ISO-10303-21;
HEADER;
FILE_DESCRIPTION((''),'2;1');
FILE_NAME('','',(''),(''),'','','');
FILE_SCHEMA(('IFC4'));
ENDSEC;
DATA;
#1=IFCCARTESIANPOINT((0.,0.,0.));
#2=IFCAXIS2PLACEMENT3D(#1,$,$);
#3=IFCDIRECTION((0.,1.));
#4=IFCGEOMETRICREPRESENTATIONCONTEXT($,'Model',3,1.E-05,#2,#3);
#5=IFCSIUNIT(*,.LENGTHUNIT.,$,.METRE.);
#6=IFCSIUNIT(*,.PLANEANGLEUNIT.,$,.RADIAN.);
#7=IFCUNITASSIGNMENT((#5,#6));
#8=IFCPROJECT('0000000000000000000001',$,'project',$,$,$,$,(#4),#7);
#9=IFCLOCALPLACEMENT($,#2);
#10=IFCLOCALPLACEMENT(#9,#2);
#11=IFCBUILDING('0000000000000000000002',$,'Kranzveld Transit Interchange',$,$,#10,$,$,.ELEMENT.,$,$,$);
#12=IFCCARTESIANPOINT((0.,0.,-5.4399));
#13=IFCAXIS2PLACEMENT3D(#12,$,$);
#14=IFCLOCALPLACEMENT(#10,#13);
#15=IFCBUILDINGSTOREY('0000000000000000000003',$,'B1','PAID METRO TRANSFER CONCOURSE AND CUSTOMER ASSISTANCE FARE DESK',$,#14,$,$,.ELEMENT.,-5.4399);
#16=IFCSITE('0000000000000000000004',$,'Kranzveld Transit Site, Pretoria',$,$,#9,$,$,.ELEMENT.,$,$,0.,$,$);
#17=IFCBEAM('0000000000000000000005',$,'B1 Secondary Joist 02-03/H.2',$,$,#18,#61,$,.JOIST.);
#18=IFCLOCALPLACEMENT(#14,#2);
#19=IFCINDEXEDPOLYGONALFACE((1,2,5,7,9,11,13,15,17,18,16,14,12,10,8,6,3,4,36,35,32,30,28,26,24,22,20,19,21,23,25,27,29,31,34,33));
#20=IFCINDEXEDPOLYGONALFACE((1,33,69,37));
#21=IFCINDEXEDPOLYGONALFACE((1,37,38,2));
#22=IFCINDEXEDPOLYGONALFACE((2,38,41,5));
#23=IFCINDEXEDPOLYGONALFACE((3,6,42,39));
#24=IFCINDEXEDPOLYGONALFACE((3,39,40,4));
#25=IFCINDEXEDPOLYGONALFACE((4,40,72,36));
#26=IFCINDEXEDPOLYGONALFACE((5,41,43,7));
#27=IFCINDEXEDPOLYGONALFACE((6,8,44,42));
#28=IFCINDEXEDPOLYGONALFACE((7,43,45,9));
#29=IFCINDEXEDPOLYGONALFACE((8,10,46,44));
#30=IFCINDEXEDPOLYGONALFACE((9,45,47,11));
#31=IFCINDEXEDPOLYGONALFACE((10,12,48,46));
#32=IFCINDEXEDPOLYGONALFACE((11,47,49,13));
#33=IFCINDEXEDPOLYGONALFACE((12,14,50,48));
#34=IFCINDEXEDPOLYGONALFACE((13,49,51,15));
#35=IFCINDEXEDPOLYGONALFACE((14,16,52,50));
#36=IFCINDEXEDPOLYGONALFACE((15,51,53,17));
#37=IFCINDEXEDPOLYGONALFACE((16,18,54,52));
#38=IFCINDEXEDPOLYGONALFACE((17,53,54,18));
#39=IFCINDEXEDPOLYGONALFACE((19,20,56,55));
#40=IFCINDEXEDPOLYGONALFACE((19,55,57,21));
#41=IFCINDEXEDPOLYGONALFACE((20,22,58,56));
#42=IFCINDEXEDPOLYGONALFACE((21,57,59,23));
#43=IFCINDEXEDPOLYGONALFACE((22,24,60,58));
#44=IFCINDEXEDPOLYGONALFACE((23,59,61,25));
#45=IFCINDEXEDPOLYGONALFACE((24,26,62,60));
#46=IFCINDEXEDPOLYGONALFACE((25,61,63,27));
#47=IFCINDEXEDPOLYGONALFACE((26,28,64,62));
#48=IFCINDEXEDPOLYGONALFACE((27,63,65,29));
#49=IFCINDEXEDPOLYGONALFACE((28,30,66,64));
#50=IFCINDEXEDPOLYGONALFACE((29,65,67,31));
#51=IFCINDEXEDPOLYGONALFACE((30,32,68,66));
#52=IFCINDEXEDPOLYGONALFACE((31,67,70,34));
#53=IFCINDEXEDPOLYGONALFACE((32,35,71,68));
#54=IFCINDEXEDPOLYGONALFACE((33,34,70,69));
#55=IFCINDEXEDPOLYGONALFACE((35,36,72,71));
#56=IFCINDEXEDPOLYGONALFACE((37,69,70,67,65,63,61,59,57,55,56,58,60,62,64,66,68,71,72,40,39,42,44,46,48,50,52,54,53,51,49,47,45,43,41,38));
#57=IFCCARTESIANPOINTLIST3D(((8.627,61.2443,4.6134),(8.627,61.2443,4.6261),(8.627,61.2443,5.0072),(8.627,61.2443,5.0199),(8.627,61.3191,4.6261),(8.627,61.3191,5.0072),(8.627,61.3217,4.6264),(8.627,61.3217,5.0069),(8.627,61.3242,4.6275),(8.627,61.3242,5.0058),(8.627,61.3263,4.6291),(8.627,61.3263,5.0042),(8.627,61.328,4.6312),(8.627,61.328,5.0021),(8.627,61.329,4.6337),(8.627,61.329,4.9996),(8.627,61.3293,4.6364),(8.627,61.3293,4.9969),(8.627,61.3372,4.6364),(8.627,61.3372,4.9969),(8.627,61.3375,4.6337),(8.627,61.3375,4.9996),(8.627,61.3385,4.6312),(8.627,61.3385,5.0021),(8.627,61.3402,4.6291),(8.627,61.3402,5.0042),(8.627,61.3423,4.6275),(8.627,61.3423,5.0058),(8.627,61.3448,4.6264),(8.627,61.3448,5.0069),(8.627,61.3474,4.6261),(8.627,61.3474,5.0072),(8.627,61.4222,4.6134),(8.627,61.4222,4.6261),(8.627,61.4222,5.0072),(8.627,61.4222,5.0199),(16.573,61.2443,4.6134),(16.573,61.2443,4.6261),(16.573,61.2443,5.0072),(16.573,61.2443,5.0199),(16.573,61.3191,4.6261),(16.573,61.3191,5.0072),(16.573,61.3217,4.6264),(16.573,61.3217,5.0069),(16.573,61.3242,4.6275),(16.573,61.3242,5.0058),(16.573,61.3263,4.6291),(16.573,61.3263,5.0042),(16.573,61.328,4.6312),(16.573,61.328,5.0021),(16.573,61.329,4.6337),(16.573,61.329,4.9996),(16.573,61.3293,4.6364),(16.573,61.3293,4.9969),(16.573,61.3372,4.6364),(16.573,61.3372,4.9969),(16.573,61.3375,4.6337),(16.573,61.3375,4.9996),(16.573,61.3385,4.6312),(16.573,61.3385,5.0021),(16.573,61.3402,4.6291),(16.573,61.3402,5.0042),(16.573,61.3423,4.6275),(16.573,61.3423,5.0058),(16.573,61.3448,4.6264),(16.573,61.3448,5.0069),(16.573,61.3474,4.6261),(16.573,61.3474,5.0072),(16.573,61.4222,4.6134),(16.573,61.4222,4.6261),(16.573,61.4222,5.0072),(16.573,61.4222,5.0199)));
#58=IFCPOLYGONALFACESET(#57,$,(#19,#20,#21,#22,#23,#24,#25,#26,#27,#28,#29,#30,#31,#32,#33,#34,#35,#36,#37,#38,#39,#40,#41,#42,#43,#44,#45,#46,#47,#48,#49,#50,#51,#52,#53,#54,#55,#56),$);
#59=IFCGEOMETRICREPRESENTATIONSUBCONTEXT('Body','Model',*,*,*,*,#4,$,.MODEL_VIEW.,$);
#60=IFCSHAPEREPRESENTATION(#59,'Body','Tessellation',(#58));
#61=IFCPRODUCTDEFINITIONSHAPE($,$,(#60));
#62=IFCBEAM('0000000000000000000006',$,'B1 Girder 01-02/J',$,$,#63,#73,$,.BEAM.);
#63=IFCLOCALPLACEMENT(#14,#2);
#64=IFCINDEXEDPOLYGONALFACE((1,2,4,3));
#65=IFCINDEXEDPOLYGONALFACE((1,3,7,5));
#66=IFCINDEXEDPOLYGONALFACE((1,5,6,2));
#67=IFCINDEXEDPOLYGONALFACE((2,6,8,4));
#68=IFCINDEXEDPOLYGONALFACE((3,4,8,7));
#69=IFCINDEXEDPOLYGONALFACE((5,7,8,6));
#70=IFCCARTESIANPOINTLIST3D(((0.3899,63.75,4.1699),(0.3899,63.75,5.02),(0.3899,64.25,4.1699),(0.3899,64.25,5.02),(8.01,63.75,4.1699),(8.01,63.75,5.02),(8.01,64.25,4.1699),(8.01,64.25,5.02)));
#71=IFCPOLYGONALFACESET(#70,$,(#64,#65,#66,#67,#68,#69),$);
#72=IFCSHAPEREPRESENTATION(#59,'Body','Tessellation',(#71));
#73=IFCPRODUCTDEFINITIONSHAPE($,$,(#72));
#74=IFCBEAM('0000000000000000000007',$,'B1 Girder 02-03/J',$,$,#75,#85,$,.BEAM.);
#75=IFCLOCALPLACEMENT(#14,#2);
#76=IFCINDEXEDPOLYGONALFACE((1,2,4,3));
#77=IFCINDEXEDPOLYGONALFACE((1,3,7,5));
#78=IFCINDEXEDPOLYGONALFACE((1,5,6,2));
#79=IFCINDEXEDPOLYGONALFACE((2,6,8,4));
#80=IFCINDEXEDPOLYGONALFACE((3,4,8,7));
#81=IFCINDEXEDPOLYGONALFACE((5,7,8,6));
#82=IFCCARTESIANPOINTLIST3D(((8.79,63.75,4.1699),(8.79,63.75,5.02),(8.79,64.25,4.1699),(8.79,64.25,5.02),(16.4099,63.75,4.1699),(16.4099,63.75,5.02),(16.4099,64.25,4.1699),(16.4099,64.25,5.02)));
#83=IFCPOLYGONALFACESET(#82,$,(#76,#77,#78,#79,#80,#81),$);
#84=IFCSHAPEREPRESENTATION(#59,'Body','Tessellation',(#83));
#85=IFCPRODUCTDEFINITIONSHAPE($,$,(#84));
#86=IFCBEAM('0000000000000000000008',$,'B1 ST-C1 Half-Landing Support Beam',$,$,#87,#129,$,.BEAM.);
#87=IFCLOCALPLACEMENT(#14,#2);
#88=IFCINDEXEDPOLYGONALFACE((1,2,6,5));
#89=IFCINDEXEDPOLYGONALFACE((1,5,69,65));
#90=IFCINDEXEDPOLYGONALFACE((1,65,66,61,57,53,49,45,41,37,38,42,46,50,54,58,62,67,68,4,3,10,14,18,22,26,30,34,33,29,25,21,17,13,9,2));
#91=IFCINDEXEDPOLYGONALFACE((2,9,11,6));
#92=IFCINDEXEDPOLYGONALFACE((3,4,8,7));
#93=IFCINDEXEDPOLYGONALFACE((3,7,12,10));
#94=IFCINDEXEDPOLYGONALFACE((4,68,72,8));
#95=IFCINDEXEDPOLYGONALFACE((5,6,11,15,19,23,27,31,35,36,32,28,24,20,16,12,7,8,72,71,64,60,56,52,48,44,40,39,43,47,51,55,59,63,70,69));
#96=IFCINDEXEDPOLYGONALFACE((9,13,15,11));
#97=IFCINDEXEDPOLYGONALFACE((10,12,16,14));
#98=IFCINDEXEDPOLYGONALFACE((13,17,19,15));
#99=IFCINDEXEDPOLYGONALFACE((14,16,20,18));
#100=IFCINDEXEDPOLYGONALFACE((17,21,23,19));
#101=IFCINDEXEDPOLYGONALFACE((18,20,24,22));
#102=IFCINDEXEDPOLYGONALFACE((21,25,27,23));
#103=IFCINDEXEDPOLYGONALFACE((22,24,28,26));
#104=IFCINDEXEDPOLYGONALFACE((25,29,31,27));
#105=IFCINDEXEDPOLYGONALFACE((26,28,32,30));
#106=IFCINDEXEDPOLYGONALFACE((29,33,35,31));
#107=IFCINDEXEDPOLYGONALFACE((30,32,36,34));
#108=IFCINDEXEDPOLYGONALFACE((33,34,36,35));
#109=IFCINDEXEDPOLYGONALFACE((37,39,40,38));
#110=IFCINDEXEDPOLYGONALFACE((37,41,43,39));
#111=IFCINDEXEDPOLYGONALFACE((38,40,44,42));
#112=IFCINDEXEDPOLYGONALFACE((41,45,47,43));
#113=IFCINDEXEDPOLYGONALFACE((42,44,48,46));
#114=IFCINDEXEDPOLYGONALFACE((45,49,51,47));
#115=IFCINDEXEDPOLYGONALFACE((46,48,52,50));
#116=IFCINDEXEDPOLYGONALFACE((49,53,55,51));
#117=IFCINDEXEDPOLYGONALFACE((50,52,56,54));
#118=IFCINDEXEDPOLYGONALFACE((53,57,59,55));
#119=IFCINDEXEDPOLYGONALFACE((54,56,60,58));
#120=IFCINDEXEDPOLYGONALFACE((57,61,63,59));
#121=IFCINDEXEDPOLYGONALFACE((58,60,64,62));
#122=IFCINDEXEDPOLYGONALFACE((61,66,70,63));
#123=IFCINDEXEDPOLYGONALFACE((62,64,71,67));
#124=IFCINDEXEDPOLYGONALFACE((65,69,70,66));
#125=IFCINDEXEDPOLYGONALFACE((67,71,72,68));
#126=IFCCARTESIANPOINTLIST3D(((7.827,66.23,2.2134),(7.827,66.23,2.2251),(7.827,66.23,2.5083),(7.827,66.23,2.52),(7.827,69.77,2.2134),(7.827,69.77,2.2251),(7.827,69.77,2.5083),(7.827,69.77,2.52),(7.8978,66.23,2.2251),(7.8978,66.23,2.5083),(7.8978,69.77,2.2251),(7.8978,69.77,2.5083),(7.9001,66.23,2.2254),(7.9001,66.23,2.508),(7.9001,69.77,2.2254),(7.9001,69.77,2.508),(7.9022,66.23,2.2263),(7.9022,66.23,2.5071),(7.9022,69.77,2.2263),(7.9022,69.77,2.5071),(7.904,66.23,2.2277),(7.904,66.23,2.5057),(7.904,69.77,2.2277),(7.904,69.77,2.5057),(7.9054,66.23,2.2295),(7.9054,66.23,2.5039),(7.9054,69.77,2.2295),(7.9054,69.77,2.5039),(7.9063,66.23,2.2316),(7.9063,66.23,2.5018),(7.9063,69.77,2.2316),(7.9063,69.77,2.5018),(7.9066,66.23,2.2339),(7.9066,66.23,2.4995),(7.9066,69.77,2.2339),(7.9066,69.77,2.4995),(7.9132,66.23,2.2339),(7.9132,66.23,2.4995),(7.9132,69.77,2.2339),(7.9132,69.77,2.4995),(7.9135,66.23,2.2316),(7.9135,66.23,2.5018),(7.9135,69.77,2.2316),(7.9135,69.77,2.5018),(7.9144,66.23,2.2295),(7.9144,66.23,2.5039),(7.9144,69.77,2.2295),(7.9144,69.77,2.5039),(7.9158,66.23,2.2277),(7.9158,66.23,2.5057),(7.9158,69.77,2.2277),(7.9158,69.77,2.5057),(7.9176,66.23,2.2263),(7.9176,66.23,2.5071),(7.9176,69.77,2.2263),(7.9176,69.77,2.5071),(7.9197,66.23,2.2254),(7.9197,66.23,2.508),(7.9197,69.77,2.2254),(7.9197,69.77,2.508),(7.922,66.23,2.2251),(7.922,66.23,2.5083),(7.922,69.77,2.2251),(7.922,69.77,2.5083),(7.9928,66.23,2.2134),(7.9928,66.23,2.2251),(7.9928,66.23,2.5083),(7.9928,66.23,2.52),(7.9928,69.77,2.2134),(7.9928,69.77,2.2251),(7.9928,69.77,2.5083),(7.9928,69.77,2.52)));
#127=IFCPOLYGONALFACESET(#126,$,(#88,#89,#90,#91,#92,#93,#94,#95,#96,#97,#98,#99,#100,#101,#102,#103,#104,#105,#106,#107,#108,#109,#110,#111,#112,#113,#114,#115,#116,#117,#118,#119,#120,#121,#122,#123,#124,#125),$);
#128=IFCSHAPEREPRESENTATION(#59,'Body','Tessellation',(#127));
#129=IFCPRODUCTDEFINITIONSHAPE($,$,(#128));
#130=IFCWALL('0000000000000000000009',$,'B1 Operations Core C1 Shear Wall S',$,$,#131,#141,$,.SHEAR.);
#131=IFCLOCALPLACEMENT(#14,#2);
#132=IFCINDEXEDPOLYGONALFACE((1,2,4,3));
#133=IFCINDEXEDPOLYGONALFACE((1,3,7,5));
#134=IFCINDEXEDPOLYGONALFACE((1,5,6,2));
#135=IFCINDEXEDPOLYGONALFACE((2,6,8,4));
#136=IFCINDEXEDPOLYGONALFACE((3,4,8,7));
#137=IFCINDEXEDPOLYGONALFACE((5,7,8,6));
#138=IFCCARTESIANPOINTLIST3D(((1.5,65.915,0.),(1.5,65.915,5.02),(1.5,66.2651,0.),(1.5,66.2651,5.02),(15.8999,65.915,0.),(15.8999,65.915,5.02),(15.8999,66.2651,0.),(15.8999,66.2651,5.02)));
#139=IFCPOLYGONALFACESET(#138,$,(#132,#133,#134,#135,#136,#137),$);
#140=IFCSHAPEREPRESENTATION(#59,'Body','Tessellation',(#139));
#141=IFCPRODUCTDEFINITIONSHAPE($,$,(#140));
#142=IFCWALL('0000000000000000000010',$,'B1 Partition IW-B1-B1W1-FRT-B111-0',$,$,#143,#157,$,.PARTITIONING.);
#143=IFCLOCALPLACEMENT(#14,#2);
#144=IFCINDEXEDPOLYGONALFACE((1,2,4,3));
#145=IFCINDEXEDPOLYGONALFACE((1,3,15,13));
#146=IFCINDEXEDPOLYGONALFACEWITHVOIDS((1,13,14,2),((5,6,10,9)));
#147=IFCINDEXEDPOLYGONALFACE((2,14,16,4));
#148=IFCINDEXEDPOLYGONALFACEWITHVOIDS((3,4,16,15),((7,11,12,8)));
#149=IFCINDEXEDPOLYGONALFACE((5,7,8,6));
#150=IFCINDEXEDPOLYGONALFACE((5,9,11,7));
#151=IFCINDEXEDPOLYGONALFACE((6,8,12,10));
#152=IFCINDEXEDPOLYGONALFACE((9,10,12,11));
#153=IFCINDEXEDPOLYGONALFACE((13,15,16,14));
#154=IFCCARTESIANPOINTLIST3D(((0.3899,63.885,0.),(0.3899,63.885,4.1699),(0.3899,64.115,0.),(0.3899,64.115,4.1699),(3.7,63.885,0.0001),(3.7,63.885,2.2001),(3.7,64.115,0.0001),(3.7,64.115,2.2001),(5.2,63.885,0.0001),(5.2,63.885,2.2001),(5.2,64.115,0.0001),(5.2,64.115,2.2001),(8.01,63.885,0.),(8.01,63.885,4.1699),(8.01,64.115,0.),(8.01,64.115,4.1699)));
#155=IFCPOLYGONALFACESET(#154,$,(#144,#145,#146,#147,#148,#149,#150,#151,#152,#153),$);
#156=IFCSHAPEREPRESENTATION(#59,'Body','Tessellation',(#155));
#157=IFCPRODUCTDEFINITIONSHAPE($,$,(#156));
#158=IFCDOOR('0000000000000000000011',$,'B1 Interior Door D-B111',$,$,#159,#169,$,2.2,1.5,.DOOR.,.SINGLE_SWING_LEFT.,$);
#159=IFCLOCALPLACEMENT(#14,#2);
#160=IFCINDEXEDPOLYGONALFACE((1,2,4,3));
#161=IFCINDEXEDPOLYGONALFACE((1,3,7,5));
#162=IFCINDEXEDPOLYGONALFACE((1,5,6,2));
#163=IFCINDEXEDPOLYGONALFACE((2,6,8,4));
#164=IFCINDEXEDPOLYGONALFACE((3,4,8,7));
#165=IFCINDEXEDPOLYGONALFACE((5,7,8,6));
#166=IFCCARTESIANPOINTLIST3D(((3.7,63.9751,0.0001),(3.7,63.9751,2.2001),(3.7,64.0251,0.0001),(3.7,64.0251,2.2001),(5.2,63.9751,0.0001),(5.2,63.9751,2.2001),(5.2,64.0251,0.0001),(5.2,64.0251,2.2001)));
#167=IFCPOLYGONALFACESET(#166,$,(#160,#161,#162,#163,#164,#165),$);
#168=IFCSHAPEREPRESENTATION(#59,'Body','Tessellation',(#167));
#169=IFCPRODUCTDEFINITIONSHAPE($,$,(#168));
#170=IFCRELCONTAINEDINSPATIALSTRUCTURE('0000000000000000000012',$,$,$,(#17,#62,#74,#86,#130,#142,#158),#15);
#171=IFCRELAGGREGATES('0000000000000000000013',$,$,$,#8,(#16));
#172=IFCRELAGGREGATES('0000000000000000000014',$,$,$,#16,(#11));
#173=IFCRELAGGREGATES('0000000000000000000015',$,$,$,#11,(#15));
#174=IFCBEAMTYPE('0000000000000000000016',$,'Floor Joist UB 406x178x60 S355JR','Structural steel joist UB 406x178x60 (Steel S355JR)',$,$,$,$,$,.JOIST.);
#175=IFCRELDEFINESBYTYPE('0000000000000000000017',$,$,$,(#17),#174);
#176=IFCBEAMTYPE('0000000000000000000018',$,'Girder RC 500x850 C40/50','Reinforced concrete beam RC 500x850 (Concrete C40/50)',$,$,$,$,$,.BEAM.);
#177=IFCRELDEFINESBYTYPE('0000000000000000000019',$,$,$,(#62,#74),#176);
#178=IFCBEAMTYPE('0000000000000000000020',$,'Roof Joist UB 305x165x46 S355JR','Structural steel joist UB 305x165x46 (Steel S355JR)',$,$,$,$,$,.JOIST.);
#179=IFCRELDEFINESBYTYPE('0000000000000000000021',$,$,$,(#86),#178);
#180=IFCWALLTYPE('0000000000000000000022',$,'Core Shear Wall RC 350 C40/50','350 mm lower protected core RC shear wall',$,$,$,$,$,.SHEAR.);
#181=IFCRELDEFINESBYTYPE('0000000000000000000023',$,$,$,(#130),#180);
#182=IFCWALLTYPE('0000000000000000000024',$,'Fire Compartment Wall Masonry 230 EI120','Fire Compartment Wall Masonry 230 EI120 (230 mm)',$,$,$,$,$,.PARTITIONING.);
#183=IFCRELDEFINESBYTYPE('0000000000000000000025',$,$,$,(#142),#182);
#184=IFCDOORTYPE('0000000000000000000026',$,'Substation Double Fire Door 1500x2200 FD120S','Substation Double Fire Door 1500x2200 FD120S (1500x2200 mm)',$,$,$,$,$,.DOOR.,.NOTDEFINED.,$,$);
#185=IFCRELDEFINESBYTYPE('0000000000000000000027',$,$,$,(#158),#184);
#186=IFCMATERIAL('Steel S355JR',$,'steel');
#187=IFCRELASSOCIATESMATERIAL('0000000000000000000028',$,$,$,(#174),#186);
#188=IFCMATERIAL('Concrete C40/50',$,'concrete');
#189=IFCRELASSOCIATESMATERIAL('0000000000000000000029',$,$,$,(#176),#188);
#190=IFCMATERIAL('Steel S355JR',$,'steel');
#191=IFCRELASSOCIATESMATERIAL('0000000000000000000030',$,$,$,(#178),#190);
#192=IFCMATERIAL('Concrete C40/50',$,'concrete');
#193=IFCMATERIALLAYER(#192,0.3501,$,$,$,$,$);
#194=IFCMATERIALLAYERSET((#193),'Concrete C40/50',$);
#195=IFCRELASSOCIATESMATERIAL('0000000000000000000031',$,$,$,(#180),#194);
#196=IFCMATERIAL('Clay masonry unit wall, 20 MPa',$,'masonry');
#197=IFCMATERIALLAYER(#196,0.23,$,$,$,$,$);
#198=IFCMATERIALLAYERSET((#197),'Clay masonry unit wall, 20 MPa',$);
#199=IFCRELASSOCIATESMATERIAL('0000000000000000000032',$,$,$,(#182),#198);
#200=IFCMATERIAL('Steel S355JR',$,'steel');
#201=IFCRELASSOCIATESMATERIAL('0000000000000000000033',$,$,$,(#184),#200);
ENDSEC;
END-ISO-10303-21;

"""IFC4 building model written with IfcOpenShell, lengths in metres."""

from ifc_helpers import new_model, si_unit, direction, frame, frame_2d, origin, origin_2d, place, context, subcontext, project, spatial, rectangle, i_section, extrude, material, layer, layer_set, material_profile, profile_set, type_object, element, fill, save


model = new_model("IFC4")

# Units and contexts
model_context = context("Model", 3, precision=1e-05, world=origin(), true_north=direction((0.0, 1.0)))
body_context = subcontext(model_context, "Body", "Model", "MODEL_VIEW")
ifc_project = project(units=[si_unit("LENGTHUNIT", "METRE"), si_unit("PLANEANGLEUNIT", "RADIAN")], contexts=[model_context])

# Site, building, storey
site_placement = place(None, origin())
site = spatial("IfcSite", under=ifc_project, at=site_placement, Name="Kranzveld Transit Site, Pretoria", CompositionType="ELEMENT", RefElevation=0.0)
building_placement = place(site_placement, origin())
building = spatial("IfcBuilding", under=site, at=building_placement, Name="Kranzveld Transit Interchange", CompositionType="ELEMENT")
storey_placement = place(building_placement, frame((0.0, 0.0, -5.4399)))
storey = spatial("IfcBuildingStorey", under=building, at=storey_placement, Name="B1", Description="PAID METRO TRANSFER CONCOURSE AND CUSTOMER ASSISTANCE FARE DESK", CompositionType="ELEMENT", Elevation=-5.4399)

# Beams
ifc_material_1 = material(Name="Steel S355JR", Category="steel")
ifc_material_profile_1 = material_profile(ifc_material_1, i_section(OverallWidth=0.178, OverallDepth=0.4065, WebThickness=0.0078, FlangeThickness=0.0127, FilletRadius=0.0103, at=origin_2d()), Name="UB 406x178x60")
ifc_profile_set_1 = profile_set([ifc_material_profile_1], Name="Steel S355JR")
beam_type_1 = type_object("IfcBeamType", Name="Floor Joist UB 406x178x60 S355JR", Description="Structural steel joist UB 406x178x60 (Steel S355JR)", PredefinedType="JOIST", material=ifc_profile_set_1)
for number, where, z_axis, x_axis, name in (
    (1, (8.627, 61.3333, 4.8167), (1.0, 0.0, 0.0), (0.0, 1.0, 0.0), "B1 Secondary Joist 02-03/H.2"),
):
    element("IfcBeam", number, at=place(storey_placement, frame(where, z_axis=z_axis, x_axis=x_axis)), inside=storey, type_object=beam_type_1, Name=name, PredefinedType="JOIST", context=body_context, shape_type="SweptSolid", body=[
        extrude(i_section(OverallWidth=0.178, OverallDepth=0.4065, WebThickness=0.0078, FlangeThickness=0.0127, FilletRadius=0.0103, at=origin_2d()), origin(), (0.0, 0.0, 1.0), 7.946),
    ])
ifc_material_2 = material(Name="Concrete C40/50", Category="concrete")
ifc_material_profile_2 = material_profile(ifc_material_2, rectangle(XDim=0.5, YDim=0.8501, at=origin_2d()), Name="RC 500x850")
ifc_profile_set_2 = profile_set([ifc_material_profile_2], Name="Concrete C40/50")
beam_type_2 = type_object("IfcBeamType", Name="Girder RC 500x850 C40/50", Description="Reinforced concrete beam RC 500x850 (Concrete C40/50)", PredefinedType="BEAM", material=ifc_profile_set_2)
beam_1_placement = place(storey_placement, frame((0.3899, 64.0, 4.595), z_axis=(1.0, 0.0, 0.0), x_axis=(0.0, 1.0, 0.0)))
element("IfcBeam", 2, at=beam_1_placement, inside=storey, type_object=beam_type_2, Name="B1 Girder 01-02/J", PredefinedType="BEAM", context=body_context, shape_type="SweptSolid", body=[
    extrude(rectangle(XDim=0.5, YDim=0.8501, at=origin_2d()), origin(), (0.0, 0.0, 1.0), 7.6201),
])
beam_2_placement = place(storey_placement, frame((8.79, 64.0, 4.595), z_axis=(1.0, 0.0, 0.0), x_axis=(0.0, 1.0, 0.0)))
element("IfcBeam", 3, at=beam_2_placement, inside=storey, type_object=beam_type_2, Name="B1 Girder 02-03/J", PredefinedType="BEAM", context=body_context, shape_type="SweptSolid", body=[
    extrude(rectangle(XDim=0.5, YDim=0.8501, at=origin_2d()), origin(), (0.0, 0.0, 1.0), 7.6199),
])
ifc_material_3 = material(Name="Steel S355JR", Category="steel")
ifc_material_profile_3 = material_profile(ifc_material_3, i_section(OverallWidth=0.1658, OverallDepth=0.3066, WebThickness=0.0066, FlangeThickness=0.0117, FilletRadius=0.0088, at=origin_2d()), Name="UB 305x165x46")
ifc_profile_set_3 = profile_set([ifc_material_profile_3], Name="Steel S355JR")
beam_type_3 = type_object("IfcBeamType", Name="Roof Joist UB 305x165x46 S355JR", Description="Structural steel joist UB 305x165x46 (Steel S355JR)", PredefinedType="JOIST", material=ifc_profile_set_3)
beam_3_placement = place(storey_placement, frame((7.9099, 66.23, 2.3667), z_axis=(0.0, 1.0, 0.0), x_axis=(-1.0, 0.0, 0.0)))
element("IfcBeam", 4, at=beam_3_placement, inside=storey, type_object=beam_type_3, Name="B1 ST-C1 Half-Landing Support Beam", PredefinedType="BEAM", context=body_context, shape_type="SweptSolid", body=[
    extrude(i_section(OverallWidth=0.1658, OverallDepth=0.3066, WebThickness=0.0066, FlangeThickness=0.0117, FilletRadius=0.0088, at=origin_2d()), origin(), (0.0, 0.0, 1.0), 3.54),
])

# Wall
ifc_material_4 = material(Name="Concrete C40/50", Category="concrete")
ifc_layer_1 = layer(ifc_material_4, 0.3501)
ifc_layer_set_1 = layer_set([ifc_layer_1], Name="Concrete C40/50")
wall_type_1 = type_object("IfcWallType", Name="Core Shear Wall RC 350 C40/50", Description="350 mm lower protected core RC shear wall", PredefinedType="SHEAR", material=ifc_layer_set_1)
wall_1_placement = place(storey_placement, frame((1.5, 66.0901, 0.0), z_axis=(0.0, 0.0, 1.0), x_axis=(1.0, 0.0, 0.0)))
element("IfcWall", 5, at=wall_1_placement, inside=storey, type_object=wall_type_1, Name="B1 Operations Core C1 Shear Wall S", PredefinedType="SHEAR", context=body_context, shape_type="SweptSolid", body=[
    extrude(rectangle(XDim=14.3999, YDim=0.3501, at=frame_2d((7.2, 0.0))), origin(), (0.0, 0.0, 1.0), 5.02),
])

# Wall, opening, door
ifc_material_5 = material(Name="Clay masonry unit wall, 20 MPa", Category="masonry")
ifc_layer_2 = layer(ifc_material_5, 0.23)
ifc_layer_set_2 = layer_set([ifc_layer_2], Name="Clay masonry unit wall, 20 MPa")
wall_type_2 = type_object("IfcWallType", Name="Fire Compartment Wall Masonry 230 EI120", Description="Fire Compartment Wall Masonry 230 EI120 (230 mm)", PredefinedType="PARTITIONING", material=ifc_layer_set_2)
wall_2_placement = place(storey_placement, frame((0.3899, 64.0, 0.0), z_axis=(0.0, 0.0, 1.0), x_axis=(1.0, 0.0, 0.0)))
wall_2 = element("IfcWall", 6, at=wall_2_placement, inside=storey, type_object=wall_type_2, Name="B1 Partition IW-B1-B1W1-FRT-B111-0", PredefinedType="PARTITIONING", context=body_context, shape_type="SweptSolid", body=[
    extrude(rectangle(XDim=7.6201, YDim=0.23, at=frame_2d((3.8101, 0.0))), origin(), (0.0, 0.0, 1.0), 4.1699),
])
opening_1_placement = place(wall_2_placement, frame((4.8101, 0.0, 0.0), z_axis=(0.0, 0.0, 1.0), x_axis=(-1.0, 0.0, 0.0)))
opening_1 = element("IfcOpeningElement", 7, at=opening_1_placement, cuts=wall_2, PredefinedType="OPENING", context=body_context, shape_type="SweptSolid", body=[
    extrude(rectangle(XDim=1.5, YDim=2.2, at=frame_2d((0.75, 1.1001))), frame((0.0, 0.125, 0.0), z_axis=(0.0, -1.0, 0.0), x_axis=(1.0, 0.0, 0.0)), (0.0, 0.0, 1.0), 0.25),
])
ifc_material_6 = material(Name="Steel S355JR", Category="steel")
door_type_1 = type_object("IfcDoorType", Name="Substation Double Fire Door 1500x2200 FD120S", Description="Substation Double Fire Door 1500x2200 FD120S (1500x2200 mm)", OperationType="NOTDEFINED", PredefinedType="DOOR", material=ifc_material_6)
door_1_placement = place(opening_1_placement, origin())
door_1 = element("IfcDoor", 8, at=door_1_placement, inside=storey, type_object=door_type_1, Name="B1 Interior Door D-B111", OperationType="SINGLE_SWING_LEFT", OverallHeight=2.2, OverallWidth=1.5, PredefinedType="DOOR", context=body_context, shape_type="SweptSolid", body=[
    extrude(rectangle(XDim=1.5, YDim=2.2, at=frame_2d((0.75, 1.1001))), frame((0.0, 0.0249, 0.0), z_axis=(0.0, -1.0, 0.0), x_axis=(1.0, 0.0, 0.0)), (0.0, 0.0, 1.0), 0.05),
])
fill(opening_1, door_1)

save(model, "model.ifc")
